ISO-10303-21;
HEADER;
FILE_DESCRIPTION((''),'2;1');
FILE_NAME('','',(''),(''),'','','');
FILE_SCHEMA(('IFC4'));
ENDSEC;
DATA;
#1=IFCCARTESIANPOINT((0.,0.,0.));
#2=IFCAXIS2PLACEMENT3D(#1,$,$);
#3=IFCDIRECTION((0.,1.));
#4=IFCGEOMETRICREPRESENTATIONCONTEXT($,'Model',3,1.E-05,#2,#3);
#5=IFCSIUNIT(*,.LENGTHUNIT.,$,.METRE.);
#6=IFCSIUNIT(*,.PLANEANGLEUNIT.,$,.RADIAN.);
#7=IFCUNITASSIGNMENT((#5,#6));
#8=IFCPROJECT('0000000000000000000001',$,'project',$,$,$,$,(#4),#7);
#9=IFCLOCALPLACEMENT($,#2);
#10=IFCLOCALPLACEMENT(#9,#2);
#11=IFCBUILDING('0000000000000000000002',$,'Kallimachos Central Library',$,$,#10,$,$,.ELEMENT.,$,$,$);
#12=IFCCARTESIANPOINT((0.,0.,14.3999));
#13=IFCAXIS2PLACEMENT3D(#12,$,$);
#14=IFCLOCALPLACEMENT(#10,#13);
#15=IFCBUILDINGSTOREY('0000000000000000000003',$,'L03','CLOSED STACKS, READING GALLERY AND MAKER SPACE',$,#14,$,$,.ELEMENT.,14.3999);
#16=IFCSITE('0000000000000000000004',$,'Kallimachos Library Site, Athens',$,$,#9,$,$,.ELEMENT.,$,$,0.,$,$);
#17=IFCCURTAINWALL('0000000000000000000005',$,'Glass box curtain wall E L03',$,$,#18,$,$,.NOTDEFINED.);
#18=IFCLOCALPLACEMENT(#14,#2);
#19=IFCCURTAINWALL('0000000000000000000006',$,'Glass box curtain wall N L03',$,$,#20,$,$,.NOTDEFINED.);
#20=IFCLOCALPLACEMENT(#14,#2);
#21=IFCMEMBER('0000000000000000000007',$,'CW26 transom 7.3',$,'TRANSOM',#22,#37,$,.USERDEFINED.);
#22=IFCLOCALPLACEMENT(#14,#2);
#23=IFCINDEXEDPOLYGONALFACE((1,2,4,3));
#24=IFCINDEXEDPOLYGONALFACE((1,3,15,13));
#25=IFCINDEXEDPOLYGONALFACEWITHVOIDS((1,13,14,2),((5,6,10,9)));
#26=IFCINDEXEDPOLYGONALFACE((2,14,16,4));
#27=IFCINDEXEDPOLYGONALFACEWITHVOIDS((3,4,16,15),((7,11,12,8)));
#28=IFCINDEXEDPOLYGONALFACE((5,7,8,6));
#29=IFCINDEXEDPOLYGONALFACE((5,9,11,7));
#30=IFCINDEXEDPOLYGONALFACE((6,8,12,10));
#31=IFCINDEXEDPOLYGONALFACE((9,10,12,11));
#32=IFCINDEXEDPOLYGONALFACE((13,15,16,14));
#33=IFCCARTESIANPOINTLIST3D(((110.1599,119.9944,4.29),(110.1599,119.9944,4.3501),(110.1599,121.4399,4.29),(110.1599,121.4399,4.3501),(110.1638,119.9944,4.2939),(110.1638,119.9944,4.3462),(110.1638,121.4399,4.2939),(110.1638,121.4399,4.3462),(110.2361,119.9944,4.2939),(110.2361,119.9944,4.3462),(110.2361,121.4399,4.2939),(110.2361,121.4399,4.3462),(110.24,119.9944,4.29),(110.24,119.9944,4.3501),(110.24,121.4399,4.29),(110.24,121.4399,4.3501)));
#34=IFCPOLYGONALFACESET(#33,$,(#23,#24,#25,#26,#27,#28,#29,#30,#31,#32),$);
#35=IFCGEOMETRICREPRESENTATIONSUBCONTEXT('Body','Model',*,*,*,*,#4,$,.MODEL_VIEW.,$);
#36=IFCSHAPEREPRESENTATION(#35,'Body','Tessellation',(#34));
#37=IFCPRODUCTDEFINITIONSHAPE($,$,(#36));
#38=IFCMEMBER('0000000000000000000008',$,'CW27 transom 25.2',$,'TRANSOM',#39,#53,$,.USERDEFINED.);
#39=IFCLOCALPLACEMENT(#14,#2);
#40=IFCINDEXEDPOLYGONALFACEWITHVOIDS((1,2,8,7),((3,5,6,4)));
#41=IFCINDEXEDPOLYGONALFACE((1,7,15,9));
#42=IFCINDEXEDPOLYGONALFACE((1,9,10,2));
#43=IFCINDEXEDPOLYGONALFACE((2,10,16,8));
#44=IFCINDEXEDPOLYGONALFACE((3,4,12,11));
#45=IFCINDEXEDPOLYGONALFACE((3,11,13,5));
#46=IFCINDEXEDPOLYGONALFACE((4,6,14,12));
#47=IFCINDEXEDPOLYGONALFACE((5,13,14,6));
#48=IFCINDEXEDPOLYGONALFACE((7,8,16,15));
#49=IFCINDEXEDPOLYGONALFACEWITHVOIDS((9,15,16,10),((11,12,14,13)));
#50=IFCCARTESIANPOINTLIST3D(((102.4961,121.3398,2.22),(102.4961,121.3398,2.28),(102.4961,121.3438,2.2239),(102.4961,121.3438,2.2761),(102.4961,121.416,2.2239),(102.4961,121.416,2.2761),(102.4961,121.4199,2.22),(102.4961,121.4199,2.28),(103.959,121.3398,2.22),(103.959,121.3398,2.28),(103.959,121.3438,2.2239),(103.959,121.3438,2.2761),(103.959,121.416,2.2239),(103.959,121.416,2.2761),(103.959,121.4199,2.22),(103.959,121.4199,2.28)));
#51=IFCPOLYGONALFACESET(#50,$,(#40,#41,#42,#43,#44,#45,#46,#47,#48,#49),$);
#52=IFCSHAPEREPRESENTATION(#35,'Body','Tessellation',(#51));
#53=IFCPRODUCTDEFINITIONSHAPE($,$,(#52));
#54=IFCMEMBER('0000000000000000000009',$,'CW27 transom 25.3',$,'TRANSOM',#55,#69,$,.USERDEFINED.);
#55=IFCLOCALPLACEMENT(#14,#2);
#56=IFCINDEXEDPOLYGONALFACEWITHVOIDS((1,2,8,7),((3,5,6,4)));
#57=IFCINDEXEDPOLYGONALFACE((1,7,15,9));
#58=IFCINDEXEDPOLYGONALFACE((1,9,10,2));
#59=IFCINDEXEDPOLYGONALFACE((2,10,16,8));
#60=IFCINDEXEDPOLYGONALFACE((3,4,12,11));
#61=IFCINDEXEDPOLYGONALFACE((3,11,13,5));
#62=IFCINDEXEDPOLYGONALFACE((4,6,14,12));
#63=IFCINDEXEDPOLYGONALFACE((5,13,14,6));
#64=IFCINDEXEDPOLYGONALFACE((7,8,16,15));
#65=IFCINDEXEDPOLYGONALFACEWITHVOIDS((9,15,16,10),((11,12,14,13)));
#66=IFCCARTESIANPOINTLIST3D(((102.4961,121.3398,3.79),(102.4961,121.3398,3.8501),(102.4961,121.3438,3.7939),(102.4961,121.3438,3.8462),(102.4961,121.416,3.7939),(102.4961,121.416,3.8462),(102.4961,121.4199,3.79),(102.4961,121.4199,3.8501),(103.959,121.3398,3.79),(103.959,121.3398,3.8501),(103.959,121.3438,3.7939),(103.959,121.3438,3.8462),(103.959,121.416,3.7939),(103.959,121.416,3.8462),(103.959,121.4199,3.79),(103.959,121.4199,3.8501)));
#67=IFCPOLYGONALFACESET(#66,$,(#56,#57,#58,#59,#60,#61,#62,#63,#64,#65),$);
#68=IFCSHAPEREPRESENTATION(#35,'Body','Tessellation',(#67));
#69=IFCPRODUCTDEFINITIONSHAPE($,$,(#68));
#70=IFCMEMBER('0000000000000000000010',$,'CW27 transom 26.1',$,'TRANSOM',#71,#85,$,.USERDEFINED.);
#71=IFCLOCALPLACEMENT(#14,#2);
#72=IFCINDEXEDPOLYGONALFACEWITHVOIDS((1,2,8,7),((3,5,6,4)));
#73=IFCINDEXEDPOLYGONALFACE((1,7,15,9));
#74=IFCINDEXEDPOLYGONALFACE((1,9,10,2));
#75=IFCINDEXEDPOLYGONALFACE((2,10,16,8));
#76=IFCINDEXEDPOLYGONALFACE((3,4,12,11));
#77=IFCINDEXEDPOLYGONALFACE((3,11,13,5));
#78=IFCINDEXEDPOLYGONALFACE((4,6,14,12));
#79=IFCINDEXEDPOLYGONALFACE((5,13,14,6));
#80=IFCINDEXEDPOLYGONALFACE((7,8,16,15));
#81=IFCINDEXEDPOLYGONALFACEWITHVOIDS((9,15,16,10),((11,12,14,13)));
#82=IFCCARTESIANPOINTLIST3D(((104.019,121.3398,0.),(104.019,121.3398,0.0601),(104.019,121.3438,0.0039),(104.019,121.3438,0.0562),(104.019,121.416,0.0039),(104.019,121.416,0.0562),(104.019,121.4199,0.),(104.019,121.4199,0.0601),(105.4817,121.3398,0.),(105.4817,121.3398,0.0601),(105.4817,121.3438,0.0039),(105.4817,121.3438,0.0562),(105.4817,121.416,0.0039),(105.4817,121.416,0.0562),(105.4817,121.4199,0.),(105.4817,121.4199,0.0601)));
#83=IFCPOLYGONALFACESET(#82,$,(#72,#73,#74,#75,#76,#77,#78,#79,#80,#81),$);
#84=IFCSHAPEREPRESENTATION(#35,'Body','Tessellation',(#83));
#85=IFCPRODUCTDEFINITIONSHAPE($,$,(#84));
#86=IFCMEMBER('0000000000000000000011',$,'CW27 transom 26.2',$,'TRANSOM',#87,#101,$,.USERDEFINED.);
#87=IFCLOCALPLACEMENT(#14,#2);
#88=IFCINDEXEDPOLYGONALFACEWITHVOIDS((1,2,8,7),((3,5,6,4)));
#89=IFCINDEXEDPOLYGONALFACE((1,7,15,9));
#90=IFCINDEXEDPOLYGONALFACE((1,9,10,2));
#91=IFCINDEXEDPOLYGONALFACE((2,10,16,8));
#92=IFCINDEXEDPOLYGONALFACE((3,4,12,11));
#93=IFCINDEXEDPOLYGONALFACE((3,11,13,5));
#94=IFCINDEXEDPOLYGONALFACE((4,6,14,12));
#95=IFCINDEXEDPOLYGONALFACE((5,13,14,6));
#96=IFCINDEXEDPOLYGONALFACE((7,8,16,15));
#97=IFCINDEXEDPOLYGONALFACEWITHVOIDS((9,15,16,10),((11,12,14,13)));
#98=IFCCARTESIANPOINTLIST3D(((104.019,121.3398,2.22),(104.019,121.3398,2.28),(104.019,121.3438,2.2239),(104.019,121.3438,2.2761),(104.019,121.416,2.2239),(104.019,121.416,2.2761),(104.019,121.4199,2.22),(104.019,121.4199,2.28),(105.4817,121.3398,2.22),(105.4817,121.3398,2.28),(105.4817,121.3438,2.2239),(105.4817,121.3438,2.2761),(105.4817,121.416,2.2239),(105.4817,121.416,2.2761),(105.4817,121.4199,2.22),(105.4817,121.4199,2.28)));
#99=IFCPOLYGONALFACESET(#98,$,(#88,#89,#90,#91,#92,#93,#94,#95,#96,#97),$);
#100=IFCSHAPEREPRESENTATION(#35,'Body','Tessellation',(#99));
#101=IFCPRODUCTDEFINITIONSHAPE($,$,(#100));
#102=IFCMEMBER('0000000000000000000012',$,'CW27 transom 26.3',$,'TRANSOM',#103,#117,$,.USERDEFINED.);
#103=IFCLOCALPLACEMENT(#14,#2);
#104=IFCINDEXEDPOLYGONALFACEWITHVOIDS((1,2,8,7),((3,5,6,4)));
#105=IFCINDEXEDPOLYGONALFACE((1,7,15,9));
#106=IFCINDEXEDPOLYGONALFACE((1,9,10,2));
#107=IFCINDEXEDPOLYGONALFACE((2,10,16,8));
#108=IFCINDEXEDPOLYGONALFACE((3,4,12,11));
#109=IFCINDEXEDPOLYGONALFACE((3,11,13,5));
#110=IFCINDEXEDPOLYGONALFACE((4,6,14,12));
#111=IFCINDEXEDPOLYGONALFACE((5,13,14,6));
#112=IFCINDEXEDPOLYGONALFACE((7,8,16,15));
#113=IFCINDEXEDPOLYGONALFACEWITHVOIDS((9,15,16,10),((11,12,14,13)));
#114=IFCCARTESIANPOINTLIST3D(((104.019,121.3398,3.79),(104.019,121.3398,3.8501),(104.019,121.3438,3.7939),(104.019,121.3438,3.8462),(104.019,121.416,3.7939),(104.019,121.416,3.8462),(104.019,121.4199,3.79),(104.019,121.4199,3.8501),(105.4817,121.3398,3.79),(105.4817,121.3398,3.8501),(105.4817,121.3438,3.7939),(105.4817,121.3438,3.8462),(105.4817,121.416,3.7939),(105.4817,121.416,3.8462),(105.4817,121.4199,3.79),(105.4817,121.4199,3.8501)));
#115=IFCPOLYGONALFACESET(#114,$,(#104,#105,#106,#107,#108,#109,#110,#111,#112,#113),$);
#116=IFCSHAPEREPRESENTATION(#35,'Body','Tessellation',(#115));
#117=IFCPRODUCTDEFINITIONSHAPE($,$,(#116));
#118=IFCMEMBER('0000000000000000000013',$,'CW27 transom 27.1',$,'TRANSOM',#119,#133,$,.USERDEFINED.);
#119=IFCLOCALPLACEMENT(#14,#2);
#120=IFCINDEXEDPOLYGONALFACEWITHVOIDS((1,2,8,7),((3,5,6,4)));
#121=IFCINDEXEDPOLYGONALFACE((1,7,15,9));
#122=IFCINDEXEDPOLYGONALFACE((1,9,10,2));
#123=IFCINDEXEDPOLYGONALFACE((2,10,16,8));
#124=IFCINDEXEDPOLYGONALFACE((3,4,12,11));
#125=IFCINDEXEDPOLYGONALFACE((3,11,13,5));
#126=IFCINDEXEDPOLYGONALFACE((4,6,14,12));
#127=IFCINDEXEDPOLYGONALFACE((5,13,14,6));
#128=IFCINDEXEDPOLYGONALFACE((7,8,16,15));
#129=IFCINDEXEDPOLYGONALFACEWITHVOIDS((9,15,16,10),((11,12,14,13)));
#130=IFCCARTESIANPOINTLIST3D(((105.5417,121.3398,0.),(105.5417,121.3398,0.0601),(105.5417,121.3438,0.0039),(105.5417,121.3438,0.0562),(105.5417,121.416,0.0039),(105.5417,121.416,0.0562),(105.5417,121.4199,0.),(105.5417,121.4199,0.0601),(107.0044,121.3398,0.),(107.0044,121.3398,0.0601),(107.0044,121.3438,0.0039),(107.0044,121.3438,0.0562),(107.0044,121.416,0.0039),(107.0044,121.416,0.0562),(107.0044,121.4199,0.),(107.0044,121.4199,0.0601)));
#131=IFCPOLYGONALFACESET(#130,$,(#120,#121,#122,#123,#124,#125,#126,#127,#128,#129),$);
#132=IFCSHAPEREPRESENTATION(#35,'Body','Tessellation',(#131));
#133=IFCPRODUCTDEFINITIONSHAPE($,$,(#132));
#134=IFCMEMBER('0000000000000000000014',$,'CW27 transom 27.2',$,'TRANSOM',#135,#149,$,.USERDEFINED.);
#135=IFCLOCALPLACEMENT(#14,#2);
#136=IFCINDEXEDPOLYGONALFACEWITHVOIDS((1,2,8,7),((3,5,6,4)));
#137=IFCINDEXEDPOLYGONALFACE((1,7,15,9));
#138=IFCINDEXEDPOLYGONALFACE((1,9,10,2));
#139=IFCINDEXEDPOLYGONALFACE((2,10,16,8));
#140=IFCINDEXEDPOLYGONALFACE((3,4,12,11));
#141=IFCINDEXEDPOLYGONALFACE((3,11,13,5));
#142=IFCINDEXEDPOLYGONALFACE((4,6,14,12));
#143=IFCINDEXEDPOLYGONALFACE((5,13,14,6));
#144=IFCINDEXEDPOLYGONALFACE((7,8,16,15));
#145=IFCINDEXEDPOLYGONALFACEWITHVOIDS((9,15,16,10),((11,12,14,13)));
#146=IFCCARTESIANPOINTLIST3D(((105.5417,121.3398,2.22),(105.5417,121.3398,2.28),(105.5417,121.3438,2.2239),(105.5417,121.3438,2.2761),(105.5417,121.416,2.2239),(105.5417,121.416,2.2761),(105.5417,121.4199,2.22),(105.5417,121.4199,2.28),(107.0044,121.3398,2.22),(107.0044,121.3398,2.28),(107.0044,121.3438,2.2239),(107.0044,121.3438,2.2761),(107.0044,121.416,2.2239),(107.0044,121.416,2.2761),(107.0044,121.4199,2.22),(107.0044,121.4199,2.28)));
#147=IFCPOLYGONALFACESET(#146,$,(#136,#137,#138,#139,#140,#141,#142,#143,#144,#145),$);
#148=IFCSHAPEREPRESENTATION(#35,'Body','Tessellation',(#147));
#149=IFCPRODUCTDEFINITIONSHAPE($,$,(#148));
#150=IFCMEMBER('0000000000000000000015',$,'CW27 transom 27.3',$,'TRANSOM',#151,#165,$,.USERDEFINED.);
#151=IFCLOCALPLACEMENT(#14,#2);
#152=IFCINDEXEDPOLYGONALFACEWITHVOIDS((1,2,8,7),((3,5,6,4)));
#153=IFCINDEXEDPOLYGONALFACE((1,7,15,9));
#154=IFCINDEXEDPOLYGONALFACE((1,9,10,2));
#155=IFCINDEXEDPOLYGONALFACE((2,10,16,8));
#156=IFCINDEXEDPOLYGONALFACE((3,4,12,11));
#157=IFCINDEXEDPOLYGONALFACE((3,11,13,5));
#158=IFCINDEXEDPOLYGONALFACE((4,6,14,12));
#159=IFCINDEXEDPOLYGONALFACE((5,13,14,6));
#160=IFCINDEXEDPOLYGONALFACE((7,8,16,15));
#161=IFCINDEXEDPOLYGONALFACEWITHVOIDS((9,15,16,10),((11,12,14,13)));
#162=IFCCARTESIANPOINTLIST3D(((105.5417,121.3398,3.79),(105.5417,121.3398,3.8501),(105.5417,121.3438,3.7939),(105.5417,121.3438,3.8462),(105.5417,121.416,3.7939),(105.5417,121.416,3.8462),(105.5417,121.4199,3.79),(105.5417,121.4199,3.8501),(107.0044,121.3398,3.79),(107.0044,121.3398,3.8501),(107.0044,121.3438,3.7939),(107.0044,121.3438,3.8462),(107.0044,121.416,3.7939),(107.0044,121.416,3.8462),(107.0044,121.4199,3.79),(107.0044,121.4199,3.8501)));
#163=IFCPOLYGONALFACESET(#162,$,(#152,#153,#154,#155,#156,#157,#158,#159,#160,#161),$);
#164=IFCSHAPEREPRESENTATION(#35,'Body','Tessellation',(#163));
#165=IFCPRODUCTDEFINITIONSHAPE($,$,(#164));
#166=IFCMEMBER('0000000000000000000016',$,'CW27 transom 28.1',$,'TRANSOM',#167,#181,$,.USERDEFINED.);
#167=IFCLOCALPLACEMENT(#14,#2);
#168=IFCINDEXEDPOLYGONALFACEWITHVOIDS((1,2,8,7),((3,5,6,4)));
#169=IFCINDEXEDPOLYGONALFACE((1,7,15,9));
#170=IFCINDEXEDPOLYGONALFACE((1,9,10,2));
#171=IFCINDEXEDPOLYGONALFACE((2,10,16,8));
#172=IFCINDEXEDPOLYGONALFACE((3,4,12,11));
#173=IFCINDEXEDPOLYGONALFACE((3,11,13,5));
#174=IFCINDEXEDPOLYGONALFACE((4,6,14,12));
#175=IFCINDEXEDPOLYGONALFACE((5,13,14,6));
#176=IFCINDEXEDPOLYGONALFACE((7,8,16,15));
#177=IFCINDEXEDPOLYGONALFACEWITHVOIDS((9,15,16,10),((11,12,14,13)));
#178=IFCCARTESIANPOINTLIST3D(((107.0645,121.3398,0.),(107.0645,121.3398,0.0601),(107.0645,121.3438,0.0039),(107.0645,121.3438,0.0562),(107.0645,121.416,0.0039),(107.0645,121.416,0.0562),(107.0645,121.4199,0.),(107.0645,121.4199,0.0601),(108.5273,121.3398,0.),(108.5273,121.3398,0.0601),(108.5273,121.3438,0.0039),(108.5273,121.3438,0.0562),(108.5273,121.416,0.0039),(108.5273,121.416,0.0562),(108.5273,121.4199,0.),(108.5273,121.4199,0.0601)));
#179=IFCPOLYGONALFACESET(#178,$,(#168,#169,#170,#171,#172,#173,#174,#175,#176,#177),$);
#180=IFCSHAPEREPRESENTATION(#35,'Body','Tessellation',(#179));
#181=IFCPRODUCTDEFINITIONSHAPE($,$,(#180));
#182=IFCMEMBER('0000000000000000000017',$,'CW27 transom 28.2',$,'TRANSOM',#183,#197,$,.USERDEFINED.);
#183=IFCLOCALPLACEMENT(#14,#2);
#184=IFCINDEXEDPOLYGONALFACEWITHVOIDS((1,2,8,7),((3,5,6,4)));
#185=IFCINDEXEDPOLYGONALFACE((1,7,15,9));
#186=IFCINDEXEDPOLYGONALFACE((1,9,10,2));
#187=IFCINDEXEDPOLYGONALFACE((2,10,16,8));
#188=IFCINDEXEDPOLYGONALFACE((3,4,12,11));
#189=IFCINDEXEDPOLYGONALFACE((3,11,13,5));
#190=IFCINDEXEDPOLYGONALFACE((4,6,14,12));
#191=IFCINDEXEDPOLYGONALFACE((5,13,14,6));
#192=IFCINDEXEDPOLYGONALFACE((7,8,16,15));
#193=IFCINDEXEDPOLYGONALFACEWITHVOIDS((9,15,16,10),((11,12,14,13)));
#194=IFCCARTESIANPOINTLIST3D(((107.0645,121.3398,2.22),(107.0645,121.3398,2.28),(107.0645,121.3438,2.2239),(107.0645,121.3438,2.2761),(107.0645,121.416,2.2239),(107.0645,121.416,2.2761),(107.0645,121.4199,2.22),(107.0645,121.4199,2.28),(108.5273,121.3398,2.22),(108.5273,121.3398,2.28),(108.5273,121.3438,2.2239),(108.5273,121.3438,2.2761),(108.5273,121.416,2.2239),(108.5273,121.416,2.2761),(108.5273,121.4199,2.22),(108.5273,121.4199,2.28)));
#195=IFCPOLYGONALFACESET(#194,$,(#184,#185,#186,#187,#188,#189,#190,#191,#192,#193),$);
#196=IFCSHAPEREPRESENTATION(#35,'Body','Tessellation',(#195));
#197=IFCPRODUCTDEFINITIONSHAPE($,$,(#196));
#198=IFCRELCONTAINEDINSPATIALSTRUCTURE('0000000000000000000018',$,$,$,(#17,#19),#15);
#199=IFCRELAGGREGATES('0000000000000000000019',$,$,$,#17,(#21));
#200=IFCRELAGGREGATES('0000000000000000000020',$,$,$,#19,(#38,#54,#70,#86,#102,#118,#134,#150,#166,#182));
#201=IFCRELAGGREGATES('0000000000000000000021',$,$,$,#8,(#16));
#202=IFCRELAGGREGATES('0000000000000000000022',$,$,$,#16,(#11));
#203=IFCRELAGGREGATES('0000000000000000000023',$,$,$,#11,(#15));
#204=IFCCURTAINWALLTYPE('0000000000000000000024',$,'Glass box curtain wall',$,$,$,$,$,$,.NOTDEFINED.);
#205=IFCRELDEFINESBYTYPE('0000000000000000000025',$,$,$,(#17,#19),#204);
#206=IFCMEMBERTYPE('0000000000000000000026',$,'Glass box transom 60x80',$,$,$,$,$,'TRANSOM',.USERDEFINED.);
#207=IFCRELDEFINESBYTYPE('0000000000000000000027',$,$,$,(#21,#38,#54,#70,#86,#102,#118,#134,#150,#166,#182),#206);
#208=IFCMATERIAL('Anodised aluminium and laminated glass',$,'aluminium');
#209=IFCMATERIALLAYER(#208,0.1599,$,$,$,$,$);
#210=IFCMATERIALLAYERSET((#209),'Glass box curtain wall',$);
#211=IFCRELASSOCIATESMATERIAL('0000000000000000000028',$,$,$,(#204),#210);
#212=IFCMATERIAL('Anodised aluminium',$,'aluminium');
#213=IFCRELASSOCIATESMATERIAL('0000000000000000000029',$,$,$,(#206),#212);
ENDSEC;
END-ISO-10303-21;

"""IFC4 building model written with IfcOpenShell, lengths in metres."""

from ifc_helpers import new_model, si_unit, direction, frame, origin, origin_2d, place, context, subcontext, project, spatial, hollow_rectangle, extrude, material, layer, layer_set, material_profile, profile_set, type_object, element, aggregate, save


model = new_model("IFC4")

# Units and contexts
model_context = context("Model", 3, precision=1e-05, world=origin(), true_north=direction((0.0, 1.0)))
body_context = subcontext(model_context, "Body", "Model", "MODEL_VIEW")
ifc_project = project(units=[si_unit("LENGTHUNIT", "METRE"), si_unit("PLANEANGLEUNIT", "RADIAN")], contexts=[model_context])

# Site, building, storey
site_placement = place(None, origin())
site = spatial("IfcSite", under=ifc_project, at=site_placement, Name="Kallimachos Library Site, Athens", CompositionType="ELEMENT", RefElevation=0.0)
building_placement = place(site_placement, origin())
building = spatial("IfcBuilding", under=site, at=building_placement, Name="Kallimachos Central Library", CompositionType="ELEMENT")
storey_placement = place(building_placement, frame((0.0, 0.0, 14.3999)))
storey = spatial("IfcBuildingStorey", under=building, at=storey_placement, Name="L03", Description="CLOSED STACKS, READING GALLERY AND MAKER SPACE", CompositionType="ELEMENT", Elevation=14.3999)

# Curtain wall
ifc_material_1 = material(Name="Anodised aluminium and laminated glass", Category="aluminium")
ifc_layer_1 = layer(ifc_material_1, 0.1599)
ifc_layer_set_1 = layer_set([ifc_layer_1], Name="Glass box curtain wall")
curtain_wall_type = type_object("IfcCurtainWallType", Name="Glass box curtain wall", PredefinedType="NOTDEFINED", material=ifc_layer_set_1)
curtain_wall_1_placement = place(storey_placement, origin())
curtain_wall_1 = element("IfcCurtainWall", 1, at=curtain_wall_1_placement, inside=storey, type_object=curtain_wall_type, Name="Glass box curtain wall E L03", PredefinedType="NOTDEFINED")

# Curtain wall
curtain_wall_2_placement = place(storey_placement, origin())
curtain_wall_2 = element("IfcCurtainWall", 2, at=curtain_wall_2_placement, inside=storey, type_object=curtain_wall_type, Name="Glass box curtain wall N L03", PredefinedType="NOTDEFINED")

# Members
ifc_material_2 = material(Name="Anodised aluminium", Category="aluminium")
ifc_material_profile_1 = material_profile(ifc_material_2, hollow_rectangle(XDim=0.0601, YDim=0.0801, WallThickness=0.0039, at=origin_2d()), Name="ALU TRANSOM 60x80")
ifc_profile_set_1 = profile_set([ifc_material_profile_1], Name="Anodised aluminium")
member_type_1 = type_object("IfcMemberType", Name="Glass box transom 60x80", ElementType="TRANSOM", PredefinedType="USERDEFINED", material=ifc_profile_set_1)
member_1_placement = place(storey_placement, frame((110.2, 119.9944, 4.3201), z_axis=(0.0, 1.0, 0.0), x_axis=(0.0, 0.0, 1.0)))
member_1 = element("IfcMember", 3, at=member_1_placement, type_object=member_type_1, Name="CW26 transom 7.3", ObjectType="TRANSOM", PredefinedType="USERDEFINED", context=body_context, shape_type="SweptSolid", body=[
    extrude(hollow_rectangle(XDim=0.0601, YDim=0.0801, WallThickness=0.0039, at=origin_2d()), origin(), (0.0, 0.0, 1.0), 1.4456),
])
member_2_placement = place(storey_placement, frame((102.4961, 121.3799, 2.25), z_axis=(1.0, 0.0, 0.0), x_axis=(0.0, 0.0, 1.0)))
member_2 = element("IfcMember", 4, at=member_2_placement, type_object=member_type_1, Name="CW27 transom 25.2", ObjectType="TRANSOM", PredefinedType="USERDEFINED", context=body_context, shape_type="SweptSolid", body=[
    extrude(hollow_rectangle(XDim=0.0601, YDim=0.0801, WallThickness=0.0039, at=origin_2d()), origin(), (0.0, 0.0, 1.0), 1.4629),
])
member_3_placement = place(storey_placement, frame((102.4961, 121.3799, 3.8201), z_axis=(1.0, 0.0, 0.0), x_axis=(0.0, 0.0, 1.0)))
member_3 = element("IfcMember", 5, at=member_3_placement, type_object=member_type_1, Name="CW27 transom 25.3", ObjectType="TRANSOM", PredefinedType="USERDEFINED", context=body_context, shape_type="SweptSolid", body=[
    extrude(hollow_rectangle(XDim=0.0601, YDim=0.0801, WallThickness=0.0039, at=origin_2d()), origin(), (0.0, 0.0, 1.0), 1.4629),
])
member_4_placement = place(storey_placement, frame((104.019, 121.3799, 0.03), z_axis=(1.0, 0.0, 0.0), x_axis=(0.0, 0.0, 1.0)))
member_4 = element("IfcMember", 6, at=member_4_placement, type_object=member_type_1, Name="CW27 transom 26.1", ObjectType="TRANSOM", PredefinedType="USERDEFINED", context=body_context, shape_type="SweptSolid", body=[
    extrude(hollow_rectangle(XDim=0.0601, YDim=0.0801, WallThickness=0.0039, at=origin_2d()), origin(), (0.0, 0.0, 1.0), 1.4626),
])
member_5_placement = place(storey_placement, frame((104.019, 121.3799, 2.25), z_axis=(1.0, 0.0, 0.0), x_axis=(0.0, 0.0, 1.0)))
member_5 = element("IfcMember", 7, at=member_5_placement, type_object=member_type_1, Name="CW27 transom 26.2", ObjectType="TRANSOM", PredefinedType="USERDEFINED", context=body_context, shape_type="SweptSolid", body=[
    extrude(hollow_rectangle(XDim=0.0601, YDim=0.0801, WallThickness=0.0039, at=origin_2d()), origin(), (0.0, 0.0, 1.0), 1.4626),
])
member_6_placement = place(storey_placement, frame((104.019, 121.3799, 3.8201), z_axis=(1.0, 0.0, 0.0), x_axis=(0.0, 0.0, 1.0)))
member_6 = element("IfcMember", 8, at=member_6_placement, type_object=member_type_1, Name="CW27 transom 26.3", ObjectType="TRANSOM", PredefinedType="USERDEFINED", context=body_context, shape_type="SweptSolid", body=[
    extrude(hollow_rectangle(XDim=0.0601, YDim=0.0801, WallThickness=0.0039, at=origin_2d()), origin(), (0.0, 0.0, 1.0), 1.4626),
])
member_7_placement = place(storey_placement, frame((105.5417, 121.3799, 0.03), z_axis=(1.0, 0.0, 0.0), x_axis=(0.0, 0.0, 1.0)))
member_7 = element("IfcMember", 9, at=member_7_placement, type_object=member_type_1, Name="CW27 transom 27.1", ObjectType="TRANSOM", PredefinedType="USERDEFINED", context=body_context, shape_type="SweptSolid", body=[
    extrude(hollow_rectangle(XDim=0.0601, YDim=0.0801, WallThickness=0.0039, at=origin_2d()), origin(), (0.0, 0.0, 1.0), 1.4626),
])
member_8_placement = place(storey_placement, frame((105.5417, 121.3799, 2.25), z_axis=(1.0, 0.0, 0.0), x_axis=(0.0, 0.0, 1.0)))
member_8 = element("IfcMember", 10, at=member_8_placement, type_object=member_type_1, Name="CW27 transom 27.2", ObjectType="TRANSOM", PredefinedType="USERDEFINED", context=body_context, shape_type="SweptSolid", body=[
    extrude(hollow_rectangle(XDim=0.0601, YDim=0.0801, WallThickness=0.0039, at=origin_2d()), origin(), (0.0, 0.0, 1.0), 1.4626),
])
member_9_placement = place(storey_placement, frame((105.5417, 121.3799, 3.8201), z_axis=(1.0, 0.0, 0.0), x_axis=(0.0, 0.0, 1.0)))
member_9 = element("IfcMember", 11, at=member_9_placement, type_object=member_type_1, Name="CW27 transom 27.3", ObjectType="TRANSOM", PredefinedType="USERDEFINED", context=body_context, shape_type="SweptSolid", body=[
    extrude(hollow_rectangle(XDim=0.0601, YDim=0.0801, WallThickness=0.0039, at=origin_2d()), origin(), (0.0, 0.0, 1.0), 1.4626),
])
member_10_placement = place(storey_placement, frame((107.0645, 121.3799, 0.03), z_axis=(1.0, 0.0, 0.0), x_axis=(0.0, 0.0, 1.0)))
member_10 = element("IfcMember", 12, at=member_10_placement, type_object=member_type_1, Name="CW27 transom 28.1", ObjectType="TRANSOM", PredefinedType="USERDEFINED", context=body_context, shape_type="SweptSolid", body=[
    extrude(hollow_rectangle(XDim=0.0601, YDim=0.0801, WallThickness=0.0039, at=origin_2d()), origin(), (0.0, 0.0, 1.0), 1.4629),
])
member_11_placement = place(storey_placement, frame((107.0645, 121.3799, 2.25), z_axis=(1.0, 0.0, 0.0), x_axis=(0.0, 0.0, 1.0)))
member_11 = element("IfcMember", 13, at=member_11_placement, type_object=member_type_1, Name="CW27 transom 28.2", ObjectType="TRANSOM", PredefinedType="USERDEFINED", context=body_context, shape_type="SweptSolid", body=[
    extrude(hollow_rectangle(XDim=0.0601, YDim=0.0801, WallThickness=0.0039, at=origin_2d()), origin(), (0.0, 0.0, 1.0), 1.4629),
])

aggregate(curtain_wall_1, [member_1])
aggregate(curtain_wall_2, [member_2, member_3, member_4, member_5, member_6, member_7, member_8, member_9, member_10, member_11])

save(model, "model.ifc")
